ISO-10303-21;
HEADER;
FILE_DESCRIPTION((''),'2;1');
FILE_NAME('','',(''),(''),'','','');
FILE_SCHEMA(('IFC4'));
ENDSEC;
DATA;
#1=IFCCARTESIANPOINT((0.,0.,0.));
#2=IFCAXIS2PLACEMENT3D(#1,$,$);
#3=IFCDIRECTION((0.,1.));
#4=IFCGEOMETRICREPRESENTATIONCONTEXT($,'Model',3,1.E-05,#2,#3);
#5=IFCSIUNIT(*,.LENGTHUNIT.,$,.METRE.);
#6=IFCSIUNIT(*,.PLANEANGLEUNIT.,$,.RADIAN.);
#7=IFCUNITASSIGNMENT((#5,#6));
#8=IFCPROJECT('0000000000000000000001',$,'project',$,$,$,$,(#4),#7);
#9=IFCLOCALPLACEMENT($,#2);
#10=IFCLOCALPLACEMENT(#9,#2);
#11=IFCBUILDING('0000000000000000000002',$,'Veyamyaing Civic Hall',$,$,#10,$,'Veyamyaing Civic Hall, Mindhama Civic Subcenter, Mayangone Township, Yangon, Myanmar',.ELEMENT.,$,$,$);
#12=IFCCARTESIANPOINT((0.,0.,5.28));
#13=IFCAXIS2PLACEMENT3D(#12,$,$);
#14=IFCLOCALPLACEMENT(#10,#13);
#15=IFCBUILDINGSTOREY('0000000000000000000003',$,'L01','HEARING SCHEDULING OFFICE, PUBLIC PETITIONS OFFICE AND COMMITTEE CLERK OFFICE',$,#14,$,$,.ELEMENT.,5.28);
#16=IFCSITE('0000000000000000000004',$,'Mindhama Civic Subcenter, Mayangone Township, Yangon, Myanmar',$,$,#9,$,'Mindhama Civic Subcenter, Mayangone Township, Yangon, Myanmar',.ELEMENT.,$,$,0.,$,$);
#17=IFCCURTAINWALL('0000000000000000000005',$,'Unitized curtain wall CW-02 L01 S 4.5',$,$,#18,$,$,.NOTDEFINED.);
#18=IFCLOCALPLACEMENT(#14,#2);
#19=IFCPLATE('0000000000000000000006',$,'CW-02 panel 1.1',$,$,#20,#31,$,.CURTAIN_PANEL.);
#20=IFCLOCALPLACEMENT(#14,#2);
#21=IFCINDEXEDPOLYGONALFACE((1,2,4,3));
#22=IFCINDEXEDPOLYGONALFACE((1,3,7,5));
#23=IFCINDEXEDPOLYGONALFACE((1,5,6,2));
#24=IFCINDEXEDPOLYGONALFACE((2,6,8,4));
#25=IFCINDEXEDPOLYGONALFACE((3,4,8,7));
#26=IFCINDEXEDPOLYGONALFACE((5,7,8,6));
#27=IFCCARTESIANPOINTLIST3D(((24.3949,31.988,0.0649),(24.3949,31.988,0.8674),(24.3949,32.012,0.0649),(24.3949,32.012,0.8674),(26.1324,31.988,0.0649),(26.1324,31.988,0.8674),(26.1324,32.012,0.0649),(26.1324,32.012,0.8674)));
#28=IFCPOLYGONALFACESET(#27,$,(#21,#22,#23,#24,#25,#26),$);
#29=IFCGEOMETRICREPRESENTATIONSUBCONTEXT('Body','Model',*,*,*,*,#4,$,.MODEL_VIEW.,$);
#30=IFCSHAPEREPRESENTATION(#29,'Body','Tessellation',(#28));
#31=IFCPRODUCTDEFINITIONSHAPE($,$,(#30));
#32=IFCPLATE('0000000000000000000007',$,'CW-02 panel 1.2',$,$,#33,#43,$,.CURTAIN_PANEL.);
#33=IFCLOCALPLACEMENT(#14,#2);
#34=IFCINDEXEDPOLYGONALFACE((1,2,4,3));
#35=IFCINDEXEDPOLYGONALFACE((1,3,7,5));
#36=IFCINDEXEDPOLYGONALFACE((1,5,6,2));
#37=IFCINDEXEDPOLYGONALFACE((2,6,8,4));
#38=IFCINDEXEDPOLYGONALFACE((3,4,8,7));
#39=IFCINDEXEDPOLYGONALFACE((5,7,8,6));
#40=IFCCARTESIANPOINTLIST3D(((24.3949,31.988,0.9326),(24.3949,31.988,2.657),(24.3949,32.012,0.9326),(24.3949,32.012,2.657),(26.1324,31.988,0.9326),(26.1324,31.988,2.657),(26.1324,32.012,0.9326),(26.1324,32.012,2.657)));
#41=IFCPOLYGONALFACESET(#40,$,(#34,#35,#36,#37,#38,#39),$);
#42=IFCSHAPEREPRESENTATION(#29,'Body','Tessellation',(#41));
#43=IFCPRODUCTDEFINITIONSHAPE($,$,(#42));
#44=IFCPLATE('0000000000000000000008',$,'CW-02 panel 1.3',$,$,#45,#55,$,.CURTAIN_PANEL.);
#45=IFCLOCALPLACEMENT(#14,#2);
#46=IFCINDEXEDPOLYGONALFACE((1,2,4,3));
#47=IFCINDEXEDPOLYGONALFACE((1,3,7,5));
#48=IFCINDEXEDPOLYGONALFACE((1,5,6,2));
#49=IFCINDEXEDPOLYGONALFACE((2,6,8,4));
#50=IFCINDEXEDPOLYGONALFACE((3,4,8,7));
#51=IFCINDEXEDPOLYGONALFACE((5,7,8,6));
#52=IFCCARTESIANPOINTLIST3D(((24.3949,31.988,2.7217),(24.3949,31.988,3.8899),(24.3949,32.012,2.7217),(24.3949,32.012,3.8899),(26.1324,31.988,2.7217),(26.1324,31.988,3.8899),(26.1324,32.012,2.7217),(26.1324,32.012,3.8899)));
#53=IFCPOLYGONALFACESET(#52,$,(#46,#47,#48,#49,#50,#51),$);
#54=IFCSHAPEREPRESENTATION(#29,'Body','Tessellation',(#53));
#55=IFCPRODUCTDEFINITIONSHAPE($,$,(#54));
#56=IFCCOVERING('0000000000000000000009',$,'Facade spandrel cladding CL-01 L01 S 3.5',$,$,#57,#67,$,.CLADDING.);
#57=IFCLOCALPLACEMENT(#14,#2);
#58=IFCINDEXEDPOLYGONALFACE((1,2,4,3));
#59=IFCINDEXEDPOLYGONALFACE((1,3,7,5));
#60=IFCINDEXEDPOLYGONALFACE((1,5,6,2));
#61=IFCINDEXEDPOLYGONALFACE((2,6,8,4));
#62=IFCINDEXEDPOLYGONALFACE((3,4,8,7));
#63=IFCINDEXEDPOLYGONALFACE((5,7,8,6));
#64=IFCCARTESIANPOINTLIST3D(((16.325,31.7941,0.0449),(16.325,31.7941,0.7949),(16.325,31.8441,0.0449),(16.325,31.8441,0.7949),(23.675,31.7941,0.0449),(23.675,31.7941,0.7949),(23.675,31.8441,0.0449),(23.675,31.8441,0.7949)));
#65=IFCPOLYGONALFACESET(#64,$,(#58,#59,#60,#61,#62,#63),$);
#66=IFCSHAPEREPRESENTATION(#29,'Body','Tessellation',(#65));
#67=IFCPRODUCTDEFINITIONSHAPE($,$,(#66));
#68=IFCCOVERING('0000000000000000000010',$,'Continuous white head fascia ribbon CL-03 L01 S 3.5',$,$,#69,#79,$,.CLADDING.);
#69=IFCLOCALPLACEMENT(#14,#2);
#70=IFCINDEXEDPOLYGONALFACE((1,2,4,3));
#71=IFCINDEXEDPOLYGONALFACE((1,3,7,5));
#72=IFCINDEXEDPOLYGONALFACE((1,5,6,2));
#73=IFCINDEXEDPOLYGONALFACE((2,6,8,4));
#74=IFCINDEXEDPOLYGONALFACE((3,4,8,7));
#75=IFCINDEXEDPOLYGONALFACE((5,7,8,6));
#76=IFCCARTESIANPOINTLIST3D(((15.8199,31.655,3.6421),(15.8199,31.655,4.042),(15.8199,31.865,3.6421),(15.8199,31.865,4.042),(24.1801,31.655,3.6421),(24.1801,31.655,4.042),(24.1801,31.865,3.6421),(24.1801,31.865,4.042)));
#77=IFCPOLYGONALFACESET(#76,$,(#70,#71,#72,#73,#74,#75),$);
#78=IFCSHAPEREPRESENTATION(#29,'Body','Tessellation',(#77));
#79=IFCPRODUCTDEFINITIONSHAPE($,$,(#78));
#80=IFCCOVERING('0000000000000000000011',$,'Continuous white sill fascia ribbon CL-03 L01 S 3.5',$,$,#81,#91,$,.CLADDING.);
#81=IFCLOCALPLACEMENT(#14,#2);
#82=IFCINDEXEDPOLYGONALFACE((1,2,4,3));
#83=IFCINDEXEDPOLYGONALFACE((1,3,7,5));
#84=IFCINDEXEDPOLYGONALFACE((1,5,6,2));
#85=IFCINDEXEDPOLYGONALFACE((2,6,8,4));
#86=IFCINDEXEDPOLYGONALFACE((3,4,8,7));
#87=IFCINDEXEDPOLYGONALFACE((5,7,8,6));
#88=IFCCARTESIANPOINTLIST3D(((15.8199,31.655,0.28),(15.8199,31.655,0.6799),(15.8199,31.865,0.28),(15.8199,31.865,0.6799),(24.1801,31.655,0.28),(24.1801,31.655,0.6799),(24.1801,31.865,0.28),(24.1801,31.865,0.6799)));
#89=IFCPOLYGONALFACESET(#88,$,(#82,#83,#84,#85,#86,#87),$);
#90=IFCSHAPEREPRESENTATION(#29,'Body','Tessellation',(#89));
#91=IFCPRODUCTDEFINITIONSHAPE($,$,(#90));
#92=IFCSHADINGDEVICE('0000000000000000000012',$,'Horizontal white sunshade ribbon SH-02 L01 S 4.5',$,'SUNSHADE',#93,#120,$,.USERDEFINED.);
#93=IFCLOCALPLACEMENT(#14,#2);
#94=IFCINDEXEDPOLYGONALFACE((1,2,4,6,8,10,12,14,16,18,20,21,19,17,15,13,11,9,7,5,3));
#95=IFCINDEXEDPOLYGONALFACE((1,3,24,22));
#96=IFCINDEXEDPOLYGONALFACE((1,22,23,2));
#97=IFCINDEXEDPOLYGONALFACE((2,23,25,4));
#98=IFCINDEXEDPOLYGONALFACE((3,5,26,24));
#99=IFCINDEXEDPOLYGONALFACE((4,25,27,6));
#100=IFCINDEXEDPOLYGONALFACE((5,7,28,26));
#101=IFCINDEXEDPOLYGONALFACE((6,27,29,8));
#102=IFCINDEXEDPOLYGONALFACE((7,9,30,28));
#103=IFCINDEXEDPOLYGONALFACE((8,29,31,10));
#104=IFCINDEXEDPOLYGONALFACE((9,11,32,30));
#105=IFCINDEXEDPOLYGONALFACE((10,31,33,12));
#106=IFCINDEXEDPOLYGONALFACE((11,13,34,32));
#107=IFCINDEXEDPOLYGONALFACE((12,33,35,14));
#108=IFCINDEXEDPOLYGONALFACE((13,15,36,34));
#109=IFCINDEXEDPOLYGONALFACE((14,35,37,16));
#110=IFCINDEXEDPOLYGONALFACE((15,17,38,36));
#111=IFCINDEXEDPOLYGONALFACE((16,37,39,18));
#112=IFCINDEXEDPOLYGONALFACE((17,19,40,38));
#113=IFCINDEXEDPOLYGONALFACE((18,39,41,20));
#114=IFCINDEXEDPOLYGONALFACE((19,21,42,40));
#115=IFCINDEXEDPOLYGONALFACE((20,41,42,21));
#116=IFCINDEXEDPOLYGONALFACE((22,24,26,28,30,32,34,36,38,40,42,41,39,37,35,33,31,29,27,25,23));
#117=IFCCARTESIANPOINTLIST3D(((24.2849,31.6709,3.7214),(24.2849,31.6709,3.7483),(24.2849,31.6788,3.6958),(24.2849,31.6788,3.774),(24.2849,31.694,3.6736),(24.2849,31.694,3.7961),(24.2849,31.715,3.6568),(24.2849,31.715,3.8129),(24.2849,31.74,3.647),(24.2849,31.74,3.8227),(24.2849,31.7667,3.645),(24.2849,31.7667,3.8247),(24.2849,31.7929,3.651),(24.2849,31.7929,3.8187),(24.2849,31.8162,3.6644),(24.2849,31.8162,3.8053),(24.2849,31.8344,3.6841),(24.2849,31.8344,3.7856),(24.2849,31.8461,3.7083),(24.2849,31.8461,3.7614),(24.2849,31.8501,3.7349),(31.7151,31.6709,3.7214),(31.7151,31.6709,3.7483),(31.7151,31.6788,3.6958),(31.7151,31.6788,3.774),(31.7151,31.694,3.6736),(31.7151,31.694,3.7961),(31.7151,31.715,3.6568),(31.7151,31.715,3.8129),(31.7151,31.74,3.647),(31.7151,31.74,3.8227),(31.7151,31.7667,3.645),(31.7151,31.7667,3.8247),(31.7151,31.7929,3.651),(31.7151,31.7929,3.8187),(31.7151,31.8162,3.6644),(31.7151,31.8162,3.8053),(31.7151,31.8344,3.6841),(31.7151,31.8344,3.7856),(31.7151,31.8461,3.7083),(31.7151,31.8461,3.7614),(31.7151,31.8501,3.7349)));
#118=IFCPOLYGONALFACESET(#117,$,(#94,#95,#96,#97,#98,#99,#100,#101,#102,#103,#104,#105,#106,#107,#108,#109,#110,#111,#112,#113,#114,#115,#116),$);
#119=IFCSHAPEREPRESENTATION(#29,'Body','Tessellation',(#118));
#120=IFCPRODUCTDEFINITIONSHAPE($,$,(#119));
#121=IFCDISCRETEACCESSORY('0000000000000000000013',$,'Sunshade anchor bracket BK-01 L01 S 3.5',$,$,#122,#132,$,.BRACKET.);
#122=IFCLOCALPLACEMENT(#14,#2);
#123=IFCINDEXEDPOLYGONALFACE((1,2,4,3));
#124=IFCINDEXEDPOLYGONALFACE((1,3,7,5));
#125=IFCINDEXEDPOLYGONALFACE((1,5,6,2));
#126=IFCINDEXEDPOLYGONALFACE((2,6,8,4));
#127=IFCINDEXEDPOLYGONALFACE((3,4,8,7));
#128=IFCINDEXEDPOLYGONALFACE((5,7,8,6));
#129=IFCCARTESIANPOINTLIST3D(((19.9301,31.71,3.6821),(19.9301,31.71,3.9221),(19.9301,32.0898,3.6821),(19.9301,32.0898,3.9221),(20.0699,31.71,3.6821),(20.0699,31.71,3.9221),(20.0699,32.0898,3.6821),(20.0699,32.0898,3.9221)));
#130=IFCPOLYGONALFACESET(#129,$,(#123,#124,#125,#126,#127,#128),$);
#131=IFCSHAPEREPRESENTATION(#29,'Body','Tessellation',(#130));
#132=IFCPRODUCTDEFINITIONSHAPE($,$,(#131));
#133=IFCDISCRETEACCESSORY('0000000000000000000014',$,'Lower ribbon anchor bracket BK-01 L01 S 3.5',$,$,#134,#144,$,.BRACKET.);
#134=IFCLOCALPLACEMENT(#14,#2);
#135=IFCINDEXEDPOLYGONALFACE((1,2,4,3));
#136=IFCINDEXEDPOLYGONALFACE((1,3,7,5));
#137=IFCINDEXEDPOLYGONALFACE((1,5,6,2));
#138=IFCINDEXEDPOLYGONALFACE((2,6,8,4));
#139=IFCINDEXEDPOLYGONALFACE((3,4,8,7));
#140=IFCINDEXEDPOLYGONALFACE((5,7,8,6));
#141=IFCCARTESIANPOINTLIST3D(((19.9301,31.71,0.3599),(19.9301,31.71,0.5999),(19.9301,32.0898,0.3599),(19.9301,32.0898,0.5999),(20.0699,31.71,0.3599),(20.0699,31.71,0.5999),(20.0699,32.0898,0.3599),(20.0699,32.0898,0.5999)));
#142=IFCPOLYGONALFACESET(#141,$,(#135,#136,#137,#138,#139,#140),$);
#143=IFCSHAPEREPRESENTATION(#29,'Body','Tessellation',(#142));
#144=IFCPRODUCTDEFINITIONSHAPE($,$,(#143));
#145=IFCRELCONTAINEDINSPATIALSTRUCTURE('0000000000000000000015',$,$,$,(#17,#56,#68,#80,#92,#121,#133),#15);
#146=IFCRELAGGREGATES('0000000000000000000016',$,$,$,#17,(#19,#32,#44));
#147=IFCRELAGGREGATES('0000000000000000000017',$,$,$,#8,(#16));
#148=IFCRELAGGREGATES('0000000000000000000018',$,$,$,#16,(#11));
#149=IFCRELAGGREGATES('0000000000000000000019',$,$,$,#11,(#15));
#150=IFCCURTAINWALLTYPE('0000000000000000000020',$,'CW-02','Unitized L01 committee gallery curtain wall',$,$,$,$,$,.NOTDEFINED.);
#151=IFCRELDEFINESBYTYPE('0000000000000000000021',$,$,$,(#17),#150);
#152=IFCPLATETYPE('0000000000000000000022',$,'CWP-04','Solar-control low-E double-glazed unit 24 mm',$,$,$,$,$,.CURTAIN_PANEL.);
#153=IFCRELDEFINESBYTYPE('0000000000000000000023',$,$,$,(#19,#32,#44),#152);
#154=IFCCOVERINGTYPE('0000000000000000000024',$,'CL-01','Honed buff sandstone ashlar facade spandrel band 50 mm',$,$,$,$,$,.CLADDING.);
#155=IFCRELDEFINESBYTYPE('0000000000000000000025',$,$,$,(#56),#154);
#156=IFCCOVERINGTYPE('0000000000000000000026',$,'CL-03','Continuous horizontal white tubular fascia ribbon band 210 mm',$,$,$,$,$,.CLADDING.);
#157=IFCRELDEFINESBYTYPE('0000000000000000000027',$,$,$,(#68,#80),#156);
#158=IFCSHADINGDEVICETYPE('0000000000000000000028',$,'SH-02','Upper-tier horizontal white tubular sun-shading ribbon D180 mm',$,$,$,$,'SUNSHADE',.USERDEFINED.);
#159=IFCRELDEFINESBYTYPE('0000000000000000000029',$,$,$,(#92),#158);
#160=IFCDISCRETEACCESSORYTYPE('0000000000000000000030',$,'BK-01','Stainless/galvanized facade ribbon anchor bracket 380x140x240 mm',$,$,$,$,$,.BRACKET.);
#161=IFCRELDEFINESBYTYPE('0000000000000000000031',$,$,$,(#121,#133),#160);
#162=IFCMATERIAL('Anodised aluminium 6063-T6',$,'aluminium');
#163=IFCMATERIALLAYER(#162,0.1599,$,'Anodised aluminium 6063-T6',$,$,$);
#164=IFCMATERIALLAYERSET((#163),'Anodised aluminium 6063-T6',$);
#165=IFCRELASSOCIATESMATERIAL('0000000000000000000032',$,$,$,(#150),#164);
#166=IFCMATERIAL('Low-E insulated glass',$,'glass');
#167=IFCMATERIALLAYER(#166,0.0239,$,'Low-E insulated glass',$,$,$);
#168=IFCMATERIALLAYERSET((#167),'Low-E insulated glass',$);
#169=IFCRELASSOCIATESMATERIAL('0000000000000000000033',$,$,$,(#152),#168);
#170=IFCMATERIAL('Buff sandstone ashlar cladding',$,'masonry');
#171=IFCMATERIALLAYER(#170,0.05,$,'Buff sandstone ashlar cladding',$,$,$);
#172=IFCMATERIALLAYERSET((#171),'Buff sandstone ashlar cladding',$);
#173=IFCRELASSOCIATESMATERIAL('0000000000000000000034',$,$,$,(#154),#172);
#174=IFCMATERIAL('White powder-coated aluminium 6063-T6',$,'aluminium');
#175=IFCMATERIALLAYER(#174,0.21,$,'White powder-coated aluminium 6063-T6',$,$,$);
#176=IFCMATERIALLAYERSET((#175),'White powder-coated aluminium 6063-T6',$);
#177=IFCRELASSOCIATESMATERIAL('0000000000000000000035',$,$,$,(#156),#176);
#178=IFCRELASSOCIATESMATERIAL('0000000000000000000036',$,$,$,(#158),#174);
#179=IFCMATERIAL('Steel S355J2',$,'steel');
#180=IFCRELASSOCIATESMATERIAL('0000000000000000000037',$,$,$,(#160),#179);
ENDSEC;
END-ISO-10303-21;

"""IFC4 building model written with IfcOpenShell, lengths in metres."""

from ifc_helpers import new_model, si_unit, direction, frame, origin, origin_2d, place, context, subcontext, project, spatial, rectangle, circle, extrude, material, layer, layer_set, material_profile, profile_set, type_object, element, aggregate, save


model = new_model("IFC4")

# Units and contexts
model_context = context("Model", 3, precision=1e-05, world=origin(), true_north=direction((0.0, 1.0)))
body_context = subcontext(model_context, "Body", "Model", "MODEL_VIEW")
ifc_project = project(units=[si_unit("LENGTHUNIT", "METRE"), si_unit("PLANEANGLEUNIT", "RADIAN")], contexts=[model_context])

# Site, building, storey
site_placement = place(None, origin())
site = spatial("IfcSite", under=ifc_project, at=site_placement, Name="Mindhama Civic Subcenter, Mayangone Township, Yangon, Myanmar", LongName="Mindhama Civic Subcenter, Mayangone Township, Yangon, Myanmar", CompositionType="ELEMENT", RefElevation=0.0)
building_placement = place(site_placement, origin())
building = spatial("IfcBuilding", under=site, at=building_placement, Name="Veyamyaing Civic Hall", LongName="Veyamyaing Civic Hall, Mindhama Civic Subcenter, Mayangone Township, Yangon, Myanmar", CompositionType="ELEMENT")
storey_placement = place(building_placement, frame((0.0, 0.0, 5.28)))
storey = spatial("IfcBuildingStorey", under=building, at=storey_placement, Name="L01", Description="HEARING SCHEDULING OFFICE, PUBLIC PETITIONS OFFICE AND COMMITTEE CLERK OFFICE", CompositionType="ELEMENT", Elevation=5.28)

# Curtain wall, plates
ifc_material_1 = material(Name="Anodised aluminium 6063-T6", Category="aluminium")
ifc_layer_1 = layer(ifc_material_1, 0.1599, Name="Anodised aluminium 6063-T6")
ifc_layer_set_1 = layer_set([ifc_layer_1], Name="Anodised aluminium 6063-T6")
curtain_wall_type = type_object("IfcCurtainWallType", Name="CW-02", Description="Unitized L01 committee gallery curtain wall", PredefinedType="NOTDEFINED", material=ifc_layer_set_1)
curtain_wall_placement = place(storey_placement, origin())
curtain_wall = element("IfcCurtainWall", 1, at=curtain_wall_placement, inside=storey, type_object=curtain_wall_type, Name="Unitized curtain wall CW-02 L01 S 4.5", PredefinedType="NOTDEFINED")
ifc_material_2 = material(Name="Low-E insulated glass", Category="glass")
ifc_layer_2 = layer(ifc_material_2, 0.0239, Name="Low-E insulated glass")
ifc_layer_set_2 = layer_set([ifc_layer_2], Name="Low-E insulated glass")
plate_type = type_object("IfcPlateType", Name="CWP-04", Description="Solar-control low-E double-glazed unit 24 mm", PredefinedType="CURTAIN_PANEL", material=ifc_layer_set_2)
plate_1_placement = place(storey_placement, frame((25.2637, 32.0, 0.0649), z_axis=(0.0, 0.0, 1.0), x_axis=(1.0, 0.0, 0.0)))
plate_1 = element("IfcPlate", 2, at=plate_1_placement, type_object=plate_type, Name="CW-02 panel 1.1", PredefinedType="CURTAIN_PANEL", context=body_context, shape_type="SweptSolid", body=[
    extrude(rectangle(XDim=1.7375, YDim=0.0239, at=origin_2d()), origin(), (0.0, 0.0, 1.0), 0.8025),
])
plate_2_placement = place(storey_placement, frame((25.2637, 32.0, 0.9326), z_axis=(0.0, 0.0, 1.0), x_axis=(1.0, 0.0, 0.0)))
plate_2 = element("IfcPlate", 3, at=plate_2_placement, type_object=plate_type, Name="CW-02 panel 1.2", PredefinedType="CURTAIN_PANEL", context=body_context, shape_type="SweptSolid", body=[
    extrude(rectangle(XDim=1.7375, YDim=0.0239, at=origin_2d()), origin(), (0.0, 0.0, 1.0), 1.7244),
])
plate_3_placement = place(storey_placement, frame((25.2637, 32.0, 2.7217), z_axis=(0.0, 0.0, 1.0), x_axis=(1.0, 0.0, 0.0)))
plate_3 = element("IfcPlate", 4, at=plate_3_placement, type_object=plate_type, Name="CW-02 panel 1.3", PredefinedType="CURTAIN_PANEL", context=body_context, shape_type="SweptSolid", body=[
    extrude(rectangle(XDim=1.7375, YDim=0.0239, at=origin_2d()), origin(), (0.0, 0.0, 1.0), 1.1682),
])
aggregate(curtain_wall, [plate_1, plate_2, plate_3])

# Coverings
ifc_material_3 = material(Name="Buff sandstone ashlar cladding", Category="masonry")
ifc_layer_3 = layer(ifc_material_3, 0.05, Name="Buff sandstone ashlar cladding")
ifc_layer_set_3 = layer_set([ifc_layer_3], Name="Buff sandstone ashlar cladding")
covering_type_1 = type_object("IfcCoveringType", Name="CL-01", Description="Honed buff sandstone ashlar facade spandrel band 50 mm", PredefinedType="CLADDING", material=ifc_layer_set_3)
covering_placement = place(storey_placement, frame((20.0, 31.8191, 0.0449), z_axis=(0.0, 0.0, 1.0), x_axis=(1.0, 0.0, 0.0)))
element("IfcCovering", 5, at=covering_placement, inside=storey, type_object=covering_type_1, Name="Facade spandrel cladding CL-01 L01 S 3.5", PredefinedType="CLADDING", context=body_context, shape_type="SweptSolid", body=[
    extrude(rectangle(XDim=7.3501, YDim=0.05, at=origin_2d()), origin(), (0.0, 0.0, 1.0), 0.75),
])
ifc_material_4 = material(Name="White powder-coated aluminium 6063-T6", Category="aluminium")
ifc_layer_4 = layer(ifc_material_4, 0.21, Name="White powder-coated aluminium 6063-T6")
ifc_layer_set_4 = layer_set([ifc_layer_4], Name="White powder-coated aluminium 6063-T6")
covering_type_2 = type_object("IfcCoveringType", Name="CL-03", Description="Continuous horizontal white tubular fascia ribbon band 210 mm", PredefinedType="CLADDING", material=ifc_layer_set_4)
for number, where, z_axis, x_axis, name in (
    (6, (20.0, 31.76, 3.6421), (0.0, 0.0, 1.0), (1.0, 0.0, 0.0), "Continuous white head fascia ribbon CL-03 L01 S 3.5"),
    (7, (20.0, 31.76, 0.28), (0.0, 0.0, 1.0), (1.0, 0.0, 0.0), "Continuous white sill fascia ribbon CL-03 L01 S 3.5"),
):
    element("IfcCovering", number, at=place(storey_placement, frame(where, z_axis=z_axis, x_axis=x_axis)), inside=storey, type_object=covering_type_2, Name=name, PredefinedType="CLADDING", context=body_context, shape_type="SweptSolid", body=[
        extrude(rectangle(XDim=8.3601, YDim=0.21, at=origin_2d()), origin(), (0.0, 0.0, 1.0), 0.3999),
    ])

# Shading device
ifc_material_profile_1 = material_profile(ifc_material_4, circle(Radius=0.0901, at=origin_2d()), Name="SHADE-TUBE-180")
ifc_profile_set_1 = profile_set([ifc_material_profile_1], Name="White powder-coated aluminium 6063-T6")
shading_device_type = type_object("IfcShadingDeviceType", Name="SH-02", Description="Upper-tier horizontal white tubular sun-shading ribbon D180 mm", ElementType="SUNSHADE", PredefinedType="USERDEFINED", material=ifc_profile_set_1)
shading_device_placement = place(storey_placement, frame((24.2849, 31.76, 3.7349), z_axis=(1.0, 0.0, 0.0), x_axis=(0.0, 1.0, 0.0)))
element("IfcShadingDevice", 8, at=shading_device_placement, inside=storey, type_object=shading_device_type, Name="Horizontal white sunshade ribbon SH-02 L01 S 4.5", ObjectType="SUNSHADE", PredefinedType="USERDEFINED", context=body_context, shape_type="SweptSolid", body=[
    extrude(circle(Radius=0.0901, at=origin_2d()), origin(), (0.0, 0.0, 1.0), 7.4302),
])

# Discrete accessories
ifc_material_5 = material(Name="Steel S355J2", Category="steel")
discrete_accessory_type = type_object("IfcDiscreteAccessoryType", Name="BK-01", Description="Stainless/galvanized facade ribbon anchor bracket 380x140x240 mm", PredefinedType="BRACKET", material=ifc_material_5)
for number, where, z_axis, x_axis, name in (
    (9, (20.0, 31.8999, 3.6821), (0.0, 0.0, 1.0), (0.0, -1.0, 0.0), "Sunshade anchor bracket BK-01 L01 S 3.5"),
    (10, (20.0, 31.8999, 0.3599), (0.0, 0.0, 1.0), (0.0, -1.0, 0.0), "Lower ribbon anchor bracket BK-01 L01 S 3.5"),
):
    element("IfcDiscreteAccessory", number, at=place(storey_placement, frame(where, z_axis=z_axis, x_axis=x_axis)), inside=storey, type_object=discrete_accessory_type, Name=name, PredefinedType="BRACKET", context=body_context, shape_type="SweptSolid", body=[
        extrude(rectangle(XDim=0.3799, YDim=0.1399, at=origin_2d()), origin(), (0.0, 0.0, 1.0), 0.24),
    ])

save(model, "model.ifc")
